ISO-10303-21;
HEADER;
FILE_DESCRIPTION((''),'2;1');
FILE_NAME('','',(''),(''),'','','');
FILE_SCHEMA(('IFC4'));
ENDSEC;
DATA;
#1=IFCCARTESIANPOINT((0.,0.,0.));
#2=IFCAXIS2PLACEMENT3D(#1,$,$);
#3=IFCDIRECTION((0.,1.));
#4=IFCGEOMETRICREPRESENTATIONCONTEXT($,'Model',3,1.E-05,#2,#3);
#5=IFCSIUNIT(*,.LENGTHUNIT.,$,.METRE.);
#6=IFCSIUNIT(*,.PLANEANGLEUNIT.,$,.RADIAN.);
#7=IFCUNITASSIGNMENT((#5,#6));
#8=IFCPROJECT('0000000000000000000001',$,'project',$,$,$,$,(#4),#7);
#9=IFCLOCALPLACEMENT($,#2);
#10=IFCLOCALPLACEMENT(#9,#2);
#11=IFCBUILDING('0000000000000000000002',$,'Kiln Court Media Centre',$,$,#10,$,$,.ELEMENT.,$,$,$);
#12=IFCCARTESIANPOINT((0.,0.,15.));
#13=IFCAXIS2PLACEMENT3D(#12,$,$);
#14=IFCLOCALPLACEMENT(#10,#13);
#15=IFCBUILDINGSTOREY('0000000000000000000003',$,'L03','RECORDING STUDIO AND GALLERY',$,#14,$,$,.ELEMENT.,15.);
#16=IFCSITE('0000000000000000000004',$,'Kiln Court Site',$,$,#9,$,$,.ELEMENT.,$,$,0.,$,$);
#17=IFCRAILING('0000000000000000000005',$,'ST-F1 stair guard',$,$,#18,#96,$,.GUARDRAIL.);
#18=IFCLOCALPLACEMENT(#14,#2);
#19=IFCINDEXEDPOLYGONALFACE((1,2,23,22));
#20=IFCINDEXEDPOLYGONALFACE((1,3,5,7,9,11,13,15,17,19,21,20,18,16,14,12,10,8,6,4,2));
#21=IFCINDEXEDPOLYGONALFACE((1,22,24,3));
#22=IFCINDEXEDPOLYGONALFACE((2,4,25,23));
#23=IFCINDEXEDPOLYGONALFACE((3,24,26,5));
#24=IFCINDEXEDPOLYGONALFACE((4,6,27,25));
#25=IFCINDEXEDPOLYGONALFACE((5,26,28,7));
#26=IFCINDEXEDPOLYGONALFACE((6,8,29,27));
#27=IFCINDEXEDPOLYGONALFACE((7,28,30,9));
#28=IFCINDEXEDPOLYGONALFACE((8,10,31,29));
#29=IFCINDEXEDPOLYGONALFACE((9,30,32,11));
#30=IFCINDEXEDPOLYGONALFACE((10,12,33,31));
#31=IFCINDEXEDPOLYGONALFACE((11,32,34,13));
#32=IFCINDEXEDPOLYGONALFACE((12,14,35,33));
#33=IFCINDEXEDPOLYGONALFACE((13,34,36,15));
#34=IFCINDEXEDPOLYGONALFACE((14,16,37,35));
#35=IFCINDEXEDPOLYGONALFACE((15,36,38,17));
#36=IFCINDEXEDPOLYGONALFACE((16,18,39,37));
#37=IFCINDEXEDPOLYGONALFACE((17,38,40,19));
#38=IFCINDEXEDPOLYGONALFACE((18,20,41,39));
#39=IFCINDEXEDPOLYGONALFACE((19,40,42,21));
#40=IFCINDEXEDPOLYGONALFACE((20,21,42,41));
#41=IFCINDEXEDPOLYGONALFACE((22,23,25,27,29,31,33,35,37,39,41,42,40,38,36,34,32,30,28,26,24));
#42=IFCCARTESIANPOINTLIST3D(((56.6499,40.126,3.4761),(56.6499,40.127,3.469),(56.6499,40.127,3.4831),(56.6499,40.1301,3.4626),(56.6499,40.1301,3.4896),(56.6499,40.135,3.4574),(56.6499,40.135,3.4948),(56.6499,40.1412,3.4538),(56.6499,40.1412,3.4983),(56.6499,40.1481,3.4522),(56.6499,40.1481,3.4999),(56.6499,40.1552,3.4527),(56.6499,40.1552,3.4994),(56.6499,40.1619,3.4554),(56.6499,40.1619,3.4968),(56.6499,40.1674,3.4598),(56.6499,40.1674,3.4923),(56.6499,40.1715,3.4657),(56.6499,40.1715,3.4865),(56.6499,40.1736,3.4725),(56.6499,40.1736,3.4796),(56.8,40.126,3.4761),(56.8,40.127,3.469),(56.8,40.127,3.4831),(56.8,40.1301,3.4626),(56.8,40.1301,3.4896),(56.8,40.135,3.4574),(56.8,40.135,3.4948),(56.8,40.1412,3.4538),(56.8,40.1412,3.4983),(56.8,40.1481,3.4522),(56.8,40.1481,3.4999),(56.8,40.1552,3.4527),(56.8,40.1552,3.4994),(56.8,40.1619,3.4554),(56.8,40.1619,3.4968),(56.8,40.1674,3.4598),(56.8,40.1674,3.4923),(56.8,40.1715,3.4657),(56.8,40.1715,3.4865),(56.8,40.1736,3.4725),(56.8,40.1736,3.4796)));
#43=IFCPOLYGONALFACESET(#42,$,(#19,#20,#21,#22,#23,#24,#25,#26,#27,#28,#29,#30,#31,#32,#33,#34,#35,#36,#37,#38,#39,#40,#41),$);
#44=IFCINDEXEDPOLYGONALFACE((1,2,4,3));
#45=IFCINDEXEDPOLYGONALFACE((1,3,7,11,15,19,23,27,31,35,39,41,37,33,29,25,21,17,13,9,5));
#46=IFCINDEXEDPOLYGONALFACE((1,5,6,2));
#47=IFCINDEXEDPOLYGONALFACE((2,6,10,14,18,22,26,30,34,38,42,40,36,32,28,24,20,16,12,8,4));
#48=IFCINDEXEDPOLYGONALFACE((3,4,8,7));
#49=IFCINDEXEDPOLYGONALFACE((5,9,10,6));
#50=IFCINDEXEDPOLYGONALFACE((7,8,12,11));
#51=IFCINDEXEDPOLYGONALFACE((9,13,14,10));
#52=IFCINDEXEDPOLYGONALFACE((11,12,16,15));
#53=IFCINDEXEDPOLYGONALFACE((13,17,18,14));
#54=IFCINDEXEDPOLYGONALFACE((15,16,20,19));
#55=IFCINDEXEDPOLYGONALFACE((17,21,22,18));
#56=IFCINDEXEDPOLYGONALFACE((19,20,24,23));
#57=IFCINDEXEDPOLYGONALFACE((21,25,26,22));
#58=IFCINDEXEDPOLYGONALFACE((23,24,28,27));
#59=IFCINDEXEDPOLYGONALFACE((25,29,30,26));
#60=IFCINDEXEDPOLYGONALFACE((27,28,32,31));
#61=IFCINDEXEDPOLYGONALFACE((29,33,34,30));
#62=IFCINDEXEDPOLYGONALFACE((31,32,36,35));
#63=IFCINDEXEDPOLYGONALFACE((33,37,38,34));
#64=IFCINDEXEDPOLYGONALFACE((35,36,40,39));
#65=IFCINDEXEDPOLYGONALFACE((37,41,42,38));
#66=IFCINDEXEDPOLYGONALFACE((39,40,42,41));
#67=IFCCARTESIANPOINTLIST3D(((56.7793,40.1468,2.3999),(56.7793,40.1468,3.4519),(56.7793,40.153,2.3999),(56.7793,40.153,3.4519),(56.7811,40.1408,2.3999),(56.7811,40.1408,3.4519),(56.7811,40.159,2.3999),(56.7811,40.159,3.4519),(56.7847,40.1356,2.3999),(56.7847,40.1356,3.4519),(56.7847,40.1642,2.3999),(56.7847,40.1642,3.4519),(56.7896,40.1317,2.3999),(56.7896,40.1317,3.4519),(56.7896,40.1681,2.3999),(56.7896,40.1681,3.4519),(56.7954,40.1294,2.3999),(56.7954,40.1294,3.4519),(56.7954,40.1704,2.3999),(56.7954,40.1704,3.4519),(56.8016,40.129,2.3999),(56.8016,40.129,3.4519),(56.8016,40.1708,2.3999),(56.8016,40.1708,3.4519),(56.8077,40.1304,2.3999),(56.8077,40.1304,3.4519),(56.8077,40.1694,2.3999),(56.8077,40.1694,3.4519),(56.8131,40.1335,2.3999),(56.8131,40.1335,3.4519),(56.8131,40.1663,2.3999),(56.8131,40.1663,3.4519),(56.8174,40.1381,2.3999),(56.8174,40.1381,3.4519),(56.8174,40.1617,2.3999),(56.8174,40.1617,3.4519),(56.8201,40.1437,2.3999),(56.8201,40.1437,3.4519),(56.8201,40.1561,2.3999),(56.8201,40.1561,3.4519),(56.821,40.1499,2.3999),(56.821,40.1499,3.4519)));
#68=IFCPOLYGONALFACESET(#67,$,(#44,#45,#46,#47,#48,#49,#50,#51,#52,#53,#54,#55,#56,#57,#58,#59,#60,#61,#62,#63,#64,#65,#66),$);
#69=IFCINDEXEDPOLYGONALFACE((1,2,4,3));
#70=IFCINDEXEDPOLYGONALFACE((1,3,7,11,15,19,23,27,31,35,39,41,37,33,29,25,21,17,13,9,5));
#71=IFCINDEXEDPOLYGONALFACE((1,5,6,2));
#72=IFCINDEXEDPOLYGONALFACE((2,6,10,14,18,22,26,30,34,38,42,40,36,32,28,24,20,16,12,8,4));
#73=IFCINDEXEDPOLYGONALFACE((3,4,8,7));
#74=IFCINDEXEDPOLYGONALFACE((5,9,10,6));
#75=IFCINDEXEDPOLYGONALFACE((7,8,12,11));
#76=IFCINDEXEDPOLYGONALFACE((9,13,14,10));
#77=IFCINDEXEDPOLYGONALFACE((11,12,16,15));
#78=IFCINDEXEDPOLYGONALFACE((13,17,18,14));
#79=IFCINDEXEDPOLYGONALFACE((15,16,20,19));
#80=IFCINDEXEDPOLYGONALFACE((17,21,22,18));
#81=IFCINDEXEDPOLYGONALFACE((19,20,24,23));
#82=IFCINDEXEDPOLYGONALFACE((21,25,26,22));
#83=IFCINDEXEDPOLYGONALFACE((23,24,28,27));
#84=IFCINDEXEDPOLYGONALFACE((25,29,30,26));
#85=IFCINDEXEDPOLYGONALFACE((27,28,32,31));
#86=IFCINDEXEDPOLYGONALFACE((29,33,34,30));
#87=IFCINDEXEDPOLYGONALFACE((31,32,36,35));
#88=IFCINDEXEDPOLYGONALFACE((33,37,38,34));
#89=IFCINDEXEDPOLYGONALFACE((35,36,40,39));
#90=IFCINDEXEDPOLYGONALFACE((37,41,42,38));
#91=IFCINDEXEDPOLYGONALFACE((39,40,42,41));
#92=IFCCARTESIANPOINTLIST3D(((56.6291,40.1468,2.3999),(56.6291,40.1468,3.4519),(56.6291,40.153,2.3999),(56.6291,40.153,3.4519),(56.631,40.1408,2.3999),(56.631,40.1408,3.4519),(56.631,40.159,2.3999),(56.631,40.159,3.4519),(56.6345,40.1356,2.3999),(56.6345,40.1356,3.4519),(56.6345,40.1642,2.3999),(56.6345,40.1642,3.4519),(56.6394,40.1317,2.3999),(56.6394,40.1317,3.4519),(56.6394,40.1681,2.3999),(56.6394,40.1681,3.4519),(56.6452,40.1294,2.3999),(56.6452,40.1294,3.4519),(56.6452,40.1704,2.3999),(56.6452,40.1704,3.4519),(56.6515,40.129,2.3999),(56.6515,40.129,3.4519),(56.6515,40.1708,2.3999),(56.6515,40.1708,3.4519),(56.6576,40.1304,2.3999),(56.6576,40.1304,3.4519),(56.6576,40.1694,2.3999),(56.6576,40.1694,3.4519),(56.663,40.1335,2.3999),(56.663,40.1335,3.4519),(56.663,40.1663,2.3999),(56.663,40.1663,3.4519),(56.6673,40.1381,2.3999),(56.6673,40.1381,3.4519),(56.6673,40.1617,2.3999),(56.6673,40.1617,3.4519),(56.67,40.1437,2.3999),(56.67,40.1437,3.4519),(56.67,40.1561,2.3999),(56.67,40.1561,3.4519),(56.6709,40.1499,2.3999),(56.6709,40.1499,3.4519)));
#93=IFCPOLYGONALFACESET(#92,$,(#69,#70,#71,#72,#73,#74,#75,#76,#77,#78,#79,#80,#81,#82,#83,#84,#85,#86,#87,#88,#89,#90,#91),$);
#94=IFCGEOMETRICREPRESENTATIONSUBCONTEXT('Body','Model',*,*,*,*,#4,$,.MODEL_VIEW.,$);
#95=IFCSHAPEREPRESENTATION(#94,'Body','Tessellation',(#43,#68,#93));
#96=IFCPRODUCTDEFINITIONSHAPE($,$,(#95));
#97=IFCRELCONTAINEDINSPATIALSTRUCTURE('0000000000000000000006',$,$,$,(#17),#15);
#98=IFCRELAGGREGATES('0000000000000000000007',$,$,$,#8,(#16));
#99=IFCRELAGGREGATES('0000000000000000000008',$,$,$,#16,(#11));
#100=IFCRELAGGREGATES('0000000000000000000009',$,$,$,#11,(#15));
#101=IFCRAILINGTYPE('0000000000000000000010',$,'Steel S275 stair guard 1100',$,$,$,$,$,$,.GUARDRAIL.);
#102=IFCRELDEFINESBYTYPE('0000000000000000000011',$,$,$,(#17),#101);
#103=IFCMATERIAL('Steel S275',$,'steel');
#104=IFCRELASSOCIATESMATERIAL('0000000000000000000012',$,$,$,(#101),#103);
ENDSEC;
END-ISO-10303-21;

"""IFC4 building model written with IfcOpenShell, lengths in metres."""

from ifc_helpers import new_model, si_unit, direction, frame, origin, origin_2d, place, context, subcontext, project, spatial, circle, extrude, material, type_object, element, save


model = new_model("IFC4")

# Units and contexts
model_context = context("Model", 3, precision=1e-05, world=origin(), true_north=direction((0.0, 1.0)))
body_context = subcontext(model_context, "Body", "Model", "MODEL_VIEW")
ifc_project = project(units=[si_unit("LENGTHUNIT", "METRE"), si_unit("PLANEANGLEUNIT", "RADIAN")], contexts=[model_context])

# Site, building, storey
site_placement = place(None, origin())
site = spatial("IfcSite", under=ifc_project, at=site_placement, Name="Kiln Court Site", CompositionType="ELEMENT", RefElevation=0.0)
building_placement = place(site_placement, origin())
building = spatial("IfcBuilding", under=site, at=building_placement, Name="Kiln Court Media Centre", CompositionType="ELEMENT")
storey_placement = place(building_placement, frame((0.0, 0.0, 15.0)))
storey = spatial("IfcBuildingStorey", under=building, at=storey_placement, Name="L03", Description="RECORDING STUDIO AND GALLERY", CompositionType="ELEMENT", Elevation=15.0)

# Railing
ifc_material_1 = material(Name="Steel S275", Category="steel")
railing_type_1 = type_object("IfcRailingType", Name="Steel S275 stair guard 1100", PredefinedType="GUARDRAIL", material=ifc_material_1)
railing_1_placement = place(storey_placement, frame((56.8, 40.1499, 2.3999)))
element("IfcRailing", 1, at=railing_1_placement, inside=storey, type_object=railing_type_1, Name="ST-F1 stair guard", PredefinedType="GUARDRAIL", context=body_context, shape_type="SweptSolid", body=[
    extrude(circle(Radius=0.0239, at=origin_2d()), frame((0.0, 0.0, 1.0762), z_axis=(-1.0, 0.0, 0.0), x_axis=(0.0, -1.0, 0.0)), (0.0, 0.0, 1.0), 0.1501),
    extrude(circle(Radius=0.021, at=origin_2d()), origin(), (0.0, 0.0, 1.0), 1.052),
    extrude(circle(Radius=0.021, at=origin_2d()), frame((-0.1501, 0.0, 0.0)), (0.0, 0.0, 1.0), 1.052),
])

save(model, "model.ifc")
